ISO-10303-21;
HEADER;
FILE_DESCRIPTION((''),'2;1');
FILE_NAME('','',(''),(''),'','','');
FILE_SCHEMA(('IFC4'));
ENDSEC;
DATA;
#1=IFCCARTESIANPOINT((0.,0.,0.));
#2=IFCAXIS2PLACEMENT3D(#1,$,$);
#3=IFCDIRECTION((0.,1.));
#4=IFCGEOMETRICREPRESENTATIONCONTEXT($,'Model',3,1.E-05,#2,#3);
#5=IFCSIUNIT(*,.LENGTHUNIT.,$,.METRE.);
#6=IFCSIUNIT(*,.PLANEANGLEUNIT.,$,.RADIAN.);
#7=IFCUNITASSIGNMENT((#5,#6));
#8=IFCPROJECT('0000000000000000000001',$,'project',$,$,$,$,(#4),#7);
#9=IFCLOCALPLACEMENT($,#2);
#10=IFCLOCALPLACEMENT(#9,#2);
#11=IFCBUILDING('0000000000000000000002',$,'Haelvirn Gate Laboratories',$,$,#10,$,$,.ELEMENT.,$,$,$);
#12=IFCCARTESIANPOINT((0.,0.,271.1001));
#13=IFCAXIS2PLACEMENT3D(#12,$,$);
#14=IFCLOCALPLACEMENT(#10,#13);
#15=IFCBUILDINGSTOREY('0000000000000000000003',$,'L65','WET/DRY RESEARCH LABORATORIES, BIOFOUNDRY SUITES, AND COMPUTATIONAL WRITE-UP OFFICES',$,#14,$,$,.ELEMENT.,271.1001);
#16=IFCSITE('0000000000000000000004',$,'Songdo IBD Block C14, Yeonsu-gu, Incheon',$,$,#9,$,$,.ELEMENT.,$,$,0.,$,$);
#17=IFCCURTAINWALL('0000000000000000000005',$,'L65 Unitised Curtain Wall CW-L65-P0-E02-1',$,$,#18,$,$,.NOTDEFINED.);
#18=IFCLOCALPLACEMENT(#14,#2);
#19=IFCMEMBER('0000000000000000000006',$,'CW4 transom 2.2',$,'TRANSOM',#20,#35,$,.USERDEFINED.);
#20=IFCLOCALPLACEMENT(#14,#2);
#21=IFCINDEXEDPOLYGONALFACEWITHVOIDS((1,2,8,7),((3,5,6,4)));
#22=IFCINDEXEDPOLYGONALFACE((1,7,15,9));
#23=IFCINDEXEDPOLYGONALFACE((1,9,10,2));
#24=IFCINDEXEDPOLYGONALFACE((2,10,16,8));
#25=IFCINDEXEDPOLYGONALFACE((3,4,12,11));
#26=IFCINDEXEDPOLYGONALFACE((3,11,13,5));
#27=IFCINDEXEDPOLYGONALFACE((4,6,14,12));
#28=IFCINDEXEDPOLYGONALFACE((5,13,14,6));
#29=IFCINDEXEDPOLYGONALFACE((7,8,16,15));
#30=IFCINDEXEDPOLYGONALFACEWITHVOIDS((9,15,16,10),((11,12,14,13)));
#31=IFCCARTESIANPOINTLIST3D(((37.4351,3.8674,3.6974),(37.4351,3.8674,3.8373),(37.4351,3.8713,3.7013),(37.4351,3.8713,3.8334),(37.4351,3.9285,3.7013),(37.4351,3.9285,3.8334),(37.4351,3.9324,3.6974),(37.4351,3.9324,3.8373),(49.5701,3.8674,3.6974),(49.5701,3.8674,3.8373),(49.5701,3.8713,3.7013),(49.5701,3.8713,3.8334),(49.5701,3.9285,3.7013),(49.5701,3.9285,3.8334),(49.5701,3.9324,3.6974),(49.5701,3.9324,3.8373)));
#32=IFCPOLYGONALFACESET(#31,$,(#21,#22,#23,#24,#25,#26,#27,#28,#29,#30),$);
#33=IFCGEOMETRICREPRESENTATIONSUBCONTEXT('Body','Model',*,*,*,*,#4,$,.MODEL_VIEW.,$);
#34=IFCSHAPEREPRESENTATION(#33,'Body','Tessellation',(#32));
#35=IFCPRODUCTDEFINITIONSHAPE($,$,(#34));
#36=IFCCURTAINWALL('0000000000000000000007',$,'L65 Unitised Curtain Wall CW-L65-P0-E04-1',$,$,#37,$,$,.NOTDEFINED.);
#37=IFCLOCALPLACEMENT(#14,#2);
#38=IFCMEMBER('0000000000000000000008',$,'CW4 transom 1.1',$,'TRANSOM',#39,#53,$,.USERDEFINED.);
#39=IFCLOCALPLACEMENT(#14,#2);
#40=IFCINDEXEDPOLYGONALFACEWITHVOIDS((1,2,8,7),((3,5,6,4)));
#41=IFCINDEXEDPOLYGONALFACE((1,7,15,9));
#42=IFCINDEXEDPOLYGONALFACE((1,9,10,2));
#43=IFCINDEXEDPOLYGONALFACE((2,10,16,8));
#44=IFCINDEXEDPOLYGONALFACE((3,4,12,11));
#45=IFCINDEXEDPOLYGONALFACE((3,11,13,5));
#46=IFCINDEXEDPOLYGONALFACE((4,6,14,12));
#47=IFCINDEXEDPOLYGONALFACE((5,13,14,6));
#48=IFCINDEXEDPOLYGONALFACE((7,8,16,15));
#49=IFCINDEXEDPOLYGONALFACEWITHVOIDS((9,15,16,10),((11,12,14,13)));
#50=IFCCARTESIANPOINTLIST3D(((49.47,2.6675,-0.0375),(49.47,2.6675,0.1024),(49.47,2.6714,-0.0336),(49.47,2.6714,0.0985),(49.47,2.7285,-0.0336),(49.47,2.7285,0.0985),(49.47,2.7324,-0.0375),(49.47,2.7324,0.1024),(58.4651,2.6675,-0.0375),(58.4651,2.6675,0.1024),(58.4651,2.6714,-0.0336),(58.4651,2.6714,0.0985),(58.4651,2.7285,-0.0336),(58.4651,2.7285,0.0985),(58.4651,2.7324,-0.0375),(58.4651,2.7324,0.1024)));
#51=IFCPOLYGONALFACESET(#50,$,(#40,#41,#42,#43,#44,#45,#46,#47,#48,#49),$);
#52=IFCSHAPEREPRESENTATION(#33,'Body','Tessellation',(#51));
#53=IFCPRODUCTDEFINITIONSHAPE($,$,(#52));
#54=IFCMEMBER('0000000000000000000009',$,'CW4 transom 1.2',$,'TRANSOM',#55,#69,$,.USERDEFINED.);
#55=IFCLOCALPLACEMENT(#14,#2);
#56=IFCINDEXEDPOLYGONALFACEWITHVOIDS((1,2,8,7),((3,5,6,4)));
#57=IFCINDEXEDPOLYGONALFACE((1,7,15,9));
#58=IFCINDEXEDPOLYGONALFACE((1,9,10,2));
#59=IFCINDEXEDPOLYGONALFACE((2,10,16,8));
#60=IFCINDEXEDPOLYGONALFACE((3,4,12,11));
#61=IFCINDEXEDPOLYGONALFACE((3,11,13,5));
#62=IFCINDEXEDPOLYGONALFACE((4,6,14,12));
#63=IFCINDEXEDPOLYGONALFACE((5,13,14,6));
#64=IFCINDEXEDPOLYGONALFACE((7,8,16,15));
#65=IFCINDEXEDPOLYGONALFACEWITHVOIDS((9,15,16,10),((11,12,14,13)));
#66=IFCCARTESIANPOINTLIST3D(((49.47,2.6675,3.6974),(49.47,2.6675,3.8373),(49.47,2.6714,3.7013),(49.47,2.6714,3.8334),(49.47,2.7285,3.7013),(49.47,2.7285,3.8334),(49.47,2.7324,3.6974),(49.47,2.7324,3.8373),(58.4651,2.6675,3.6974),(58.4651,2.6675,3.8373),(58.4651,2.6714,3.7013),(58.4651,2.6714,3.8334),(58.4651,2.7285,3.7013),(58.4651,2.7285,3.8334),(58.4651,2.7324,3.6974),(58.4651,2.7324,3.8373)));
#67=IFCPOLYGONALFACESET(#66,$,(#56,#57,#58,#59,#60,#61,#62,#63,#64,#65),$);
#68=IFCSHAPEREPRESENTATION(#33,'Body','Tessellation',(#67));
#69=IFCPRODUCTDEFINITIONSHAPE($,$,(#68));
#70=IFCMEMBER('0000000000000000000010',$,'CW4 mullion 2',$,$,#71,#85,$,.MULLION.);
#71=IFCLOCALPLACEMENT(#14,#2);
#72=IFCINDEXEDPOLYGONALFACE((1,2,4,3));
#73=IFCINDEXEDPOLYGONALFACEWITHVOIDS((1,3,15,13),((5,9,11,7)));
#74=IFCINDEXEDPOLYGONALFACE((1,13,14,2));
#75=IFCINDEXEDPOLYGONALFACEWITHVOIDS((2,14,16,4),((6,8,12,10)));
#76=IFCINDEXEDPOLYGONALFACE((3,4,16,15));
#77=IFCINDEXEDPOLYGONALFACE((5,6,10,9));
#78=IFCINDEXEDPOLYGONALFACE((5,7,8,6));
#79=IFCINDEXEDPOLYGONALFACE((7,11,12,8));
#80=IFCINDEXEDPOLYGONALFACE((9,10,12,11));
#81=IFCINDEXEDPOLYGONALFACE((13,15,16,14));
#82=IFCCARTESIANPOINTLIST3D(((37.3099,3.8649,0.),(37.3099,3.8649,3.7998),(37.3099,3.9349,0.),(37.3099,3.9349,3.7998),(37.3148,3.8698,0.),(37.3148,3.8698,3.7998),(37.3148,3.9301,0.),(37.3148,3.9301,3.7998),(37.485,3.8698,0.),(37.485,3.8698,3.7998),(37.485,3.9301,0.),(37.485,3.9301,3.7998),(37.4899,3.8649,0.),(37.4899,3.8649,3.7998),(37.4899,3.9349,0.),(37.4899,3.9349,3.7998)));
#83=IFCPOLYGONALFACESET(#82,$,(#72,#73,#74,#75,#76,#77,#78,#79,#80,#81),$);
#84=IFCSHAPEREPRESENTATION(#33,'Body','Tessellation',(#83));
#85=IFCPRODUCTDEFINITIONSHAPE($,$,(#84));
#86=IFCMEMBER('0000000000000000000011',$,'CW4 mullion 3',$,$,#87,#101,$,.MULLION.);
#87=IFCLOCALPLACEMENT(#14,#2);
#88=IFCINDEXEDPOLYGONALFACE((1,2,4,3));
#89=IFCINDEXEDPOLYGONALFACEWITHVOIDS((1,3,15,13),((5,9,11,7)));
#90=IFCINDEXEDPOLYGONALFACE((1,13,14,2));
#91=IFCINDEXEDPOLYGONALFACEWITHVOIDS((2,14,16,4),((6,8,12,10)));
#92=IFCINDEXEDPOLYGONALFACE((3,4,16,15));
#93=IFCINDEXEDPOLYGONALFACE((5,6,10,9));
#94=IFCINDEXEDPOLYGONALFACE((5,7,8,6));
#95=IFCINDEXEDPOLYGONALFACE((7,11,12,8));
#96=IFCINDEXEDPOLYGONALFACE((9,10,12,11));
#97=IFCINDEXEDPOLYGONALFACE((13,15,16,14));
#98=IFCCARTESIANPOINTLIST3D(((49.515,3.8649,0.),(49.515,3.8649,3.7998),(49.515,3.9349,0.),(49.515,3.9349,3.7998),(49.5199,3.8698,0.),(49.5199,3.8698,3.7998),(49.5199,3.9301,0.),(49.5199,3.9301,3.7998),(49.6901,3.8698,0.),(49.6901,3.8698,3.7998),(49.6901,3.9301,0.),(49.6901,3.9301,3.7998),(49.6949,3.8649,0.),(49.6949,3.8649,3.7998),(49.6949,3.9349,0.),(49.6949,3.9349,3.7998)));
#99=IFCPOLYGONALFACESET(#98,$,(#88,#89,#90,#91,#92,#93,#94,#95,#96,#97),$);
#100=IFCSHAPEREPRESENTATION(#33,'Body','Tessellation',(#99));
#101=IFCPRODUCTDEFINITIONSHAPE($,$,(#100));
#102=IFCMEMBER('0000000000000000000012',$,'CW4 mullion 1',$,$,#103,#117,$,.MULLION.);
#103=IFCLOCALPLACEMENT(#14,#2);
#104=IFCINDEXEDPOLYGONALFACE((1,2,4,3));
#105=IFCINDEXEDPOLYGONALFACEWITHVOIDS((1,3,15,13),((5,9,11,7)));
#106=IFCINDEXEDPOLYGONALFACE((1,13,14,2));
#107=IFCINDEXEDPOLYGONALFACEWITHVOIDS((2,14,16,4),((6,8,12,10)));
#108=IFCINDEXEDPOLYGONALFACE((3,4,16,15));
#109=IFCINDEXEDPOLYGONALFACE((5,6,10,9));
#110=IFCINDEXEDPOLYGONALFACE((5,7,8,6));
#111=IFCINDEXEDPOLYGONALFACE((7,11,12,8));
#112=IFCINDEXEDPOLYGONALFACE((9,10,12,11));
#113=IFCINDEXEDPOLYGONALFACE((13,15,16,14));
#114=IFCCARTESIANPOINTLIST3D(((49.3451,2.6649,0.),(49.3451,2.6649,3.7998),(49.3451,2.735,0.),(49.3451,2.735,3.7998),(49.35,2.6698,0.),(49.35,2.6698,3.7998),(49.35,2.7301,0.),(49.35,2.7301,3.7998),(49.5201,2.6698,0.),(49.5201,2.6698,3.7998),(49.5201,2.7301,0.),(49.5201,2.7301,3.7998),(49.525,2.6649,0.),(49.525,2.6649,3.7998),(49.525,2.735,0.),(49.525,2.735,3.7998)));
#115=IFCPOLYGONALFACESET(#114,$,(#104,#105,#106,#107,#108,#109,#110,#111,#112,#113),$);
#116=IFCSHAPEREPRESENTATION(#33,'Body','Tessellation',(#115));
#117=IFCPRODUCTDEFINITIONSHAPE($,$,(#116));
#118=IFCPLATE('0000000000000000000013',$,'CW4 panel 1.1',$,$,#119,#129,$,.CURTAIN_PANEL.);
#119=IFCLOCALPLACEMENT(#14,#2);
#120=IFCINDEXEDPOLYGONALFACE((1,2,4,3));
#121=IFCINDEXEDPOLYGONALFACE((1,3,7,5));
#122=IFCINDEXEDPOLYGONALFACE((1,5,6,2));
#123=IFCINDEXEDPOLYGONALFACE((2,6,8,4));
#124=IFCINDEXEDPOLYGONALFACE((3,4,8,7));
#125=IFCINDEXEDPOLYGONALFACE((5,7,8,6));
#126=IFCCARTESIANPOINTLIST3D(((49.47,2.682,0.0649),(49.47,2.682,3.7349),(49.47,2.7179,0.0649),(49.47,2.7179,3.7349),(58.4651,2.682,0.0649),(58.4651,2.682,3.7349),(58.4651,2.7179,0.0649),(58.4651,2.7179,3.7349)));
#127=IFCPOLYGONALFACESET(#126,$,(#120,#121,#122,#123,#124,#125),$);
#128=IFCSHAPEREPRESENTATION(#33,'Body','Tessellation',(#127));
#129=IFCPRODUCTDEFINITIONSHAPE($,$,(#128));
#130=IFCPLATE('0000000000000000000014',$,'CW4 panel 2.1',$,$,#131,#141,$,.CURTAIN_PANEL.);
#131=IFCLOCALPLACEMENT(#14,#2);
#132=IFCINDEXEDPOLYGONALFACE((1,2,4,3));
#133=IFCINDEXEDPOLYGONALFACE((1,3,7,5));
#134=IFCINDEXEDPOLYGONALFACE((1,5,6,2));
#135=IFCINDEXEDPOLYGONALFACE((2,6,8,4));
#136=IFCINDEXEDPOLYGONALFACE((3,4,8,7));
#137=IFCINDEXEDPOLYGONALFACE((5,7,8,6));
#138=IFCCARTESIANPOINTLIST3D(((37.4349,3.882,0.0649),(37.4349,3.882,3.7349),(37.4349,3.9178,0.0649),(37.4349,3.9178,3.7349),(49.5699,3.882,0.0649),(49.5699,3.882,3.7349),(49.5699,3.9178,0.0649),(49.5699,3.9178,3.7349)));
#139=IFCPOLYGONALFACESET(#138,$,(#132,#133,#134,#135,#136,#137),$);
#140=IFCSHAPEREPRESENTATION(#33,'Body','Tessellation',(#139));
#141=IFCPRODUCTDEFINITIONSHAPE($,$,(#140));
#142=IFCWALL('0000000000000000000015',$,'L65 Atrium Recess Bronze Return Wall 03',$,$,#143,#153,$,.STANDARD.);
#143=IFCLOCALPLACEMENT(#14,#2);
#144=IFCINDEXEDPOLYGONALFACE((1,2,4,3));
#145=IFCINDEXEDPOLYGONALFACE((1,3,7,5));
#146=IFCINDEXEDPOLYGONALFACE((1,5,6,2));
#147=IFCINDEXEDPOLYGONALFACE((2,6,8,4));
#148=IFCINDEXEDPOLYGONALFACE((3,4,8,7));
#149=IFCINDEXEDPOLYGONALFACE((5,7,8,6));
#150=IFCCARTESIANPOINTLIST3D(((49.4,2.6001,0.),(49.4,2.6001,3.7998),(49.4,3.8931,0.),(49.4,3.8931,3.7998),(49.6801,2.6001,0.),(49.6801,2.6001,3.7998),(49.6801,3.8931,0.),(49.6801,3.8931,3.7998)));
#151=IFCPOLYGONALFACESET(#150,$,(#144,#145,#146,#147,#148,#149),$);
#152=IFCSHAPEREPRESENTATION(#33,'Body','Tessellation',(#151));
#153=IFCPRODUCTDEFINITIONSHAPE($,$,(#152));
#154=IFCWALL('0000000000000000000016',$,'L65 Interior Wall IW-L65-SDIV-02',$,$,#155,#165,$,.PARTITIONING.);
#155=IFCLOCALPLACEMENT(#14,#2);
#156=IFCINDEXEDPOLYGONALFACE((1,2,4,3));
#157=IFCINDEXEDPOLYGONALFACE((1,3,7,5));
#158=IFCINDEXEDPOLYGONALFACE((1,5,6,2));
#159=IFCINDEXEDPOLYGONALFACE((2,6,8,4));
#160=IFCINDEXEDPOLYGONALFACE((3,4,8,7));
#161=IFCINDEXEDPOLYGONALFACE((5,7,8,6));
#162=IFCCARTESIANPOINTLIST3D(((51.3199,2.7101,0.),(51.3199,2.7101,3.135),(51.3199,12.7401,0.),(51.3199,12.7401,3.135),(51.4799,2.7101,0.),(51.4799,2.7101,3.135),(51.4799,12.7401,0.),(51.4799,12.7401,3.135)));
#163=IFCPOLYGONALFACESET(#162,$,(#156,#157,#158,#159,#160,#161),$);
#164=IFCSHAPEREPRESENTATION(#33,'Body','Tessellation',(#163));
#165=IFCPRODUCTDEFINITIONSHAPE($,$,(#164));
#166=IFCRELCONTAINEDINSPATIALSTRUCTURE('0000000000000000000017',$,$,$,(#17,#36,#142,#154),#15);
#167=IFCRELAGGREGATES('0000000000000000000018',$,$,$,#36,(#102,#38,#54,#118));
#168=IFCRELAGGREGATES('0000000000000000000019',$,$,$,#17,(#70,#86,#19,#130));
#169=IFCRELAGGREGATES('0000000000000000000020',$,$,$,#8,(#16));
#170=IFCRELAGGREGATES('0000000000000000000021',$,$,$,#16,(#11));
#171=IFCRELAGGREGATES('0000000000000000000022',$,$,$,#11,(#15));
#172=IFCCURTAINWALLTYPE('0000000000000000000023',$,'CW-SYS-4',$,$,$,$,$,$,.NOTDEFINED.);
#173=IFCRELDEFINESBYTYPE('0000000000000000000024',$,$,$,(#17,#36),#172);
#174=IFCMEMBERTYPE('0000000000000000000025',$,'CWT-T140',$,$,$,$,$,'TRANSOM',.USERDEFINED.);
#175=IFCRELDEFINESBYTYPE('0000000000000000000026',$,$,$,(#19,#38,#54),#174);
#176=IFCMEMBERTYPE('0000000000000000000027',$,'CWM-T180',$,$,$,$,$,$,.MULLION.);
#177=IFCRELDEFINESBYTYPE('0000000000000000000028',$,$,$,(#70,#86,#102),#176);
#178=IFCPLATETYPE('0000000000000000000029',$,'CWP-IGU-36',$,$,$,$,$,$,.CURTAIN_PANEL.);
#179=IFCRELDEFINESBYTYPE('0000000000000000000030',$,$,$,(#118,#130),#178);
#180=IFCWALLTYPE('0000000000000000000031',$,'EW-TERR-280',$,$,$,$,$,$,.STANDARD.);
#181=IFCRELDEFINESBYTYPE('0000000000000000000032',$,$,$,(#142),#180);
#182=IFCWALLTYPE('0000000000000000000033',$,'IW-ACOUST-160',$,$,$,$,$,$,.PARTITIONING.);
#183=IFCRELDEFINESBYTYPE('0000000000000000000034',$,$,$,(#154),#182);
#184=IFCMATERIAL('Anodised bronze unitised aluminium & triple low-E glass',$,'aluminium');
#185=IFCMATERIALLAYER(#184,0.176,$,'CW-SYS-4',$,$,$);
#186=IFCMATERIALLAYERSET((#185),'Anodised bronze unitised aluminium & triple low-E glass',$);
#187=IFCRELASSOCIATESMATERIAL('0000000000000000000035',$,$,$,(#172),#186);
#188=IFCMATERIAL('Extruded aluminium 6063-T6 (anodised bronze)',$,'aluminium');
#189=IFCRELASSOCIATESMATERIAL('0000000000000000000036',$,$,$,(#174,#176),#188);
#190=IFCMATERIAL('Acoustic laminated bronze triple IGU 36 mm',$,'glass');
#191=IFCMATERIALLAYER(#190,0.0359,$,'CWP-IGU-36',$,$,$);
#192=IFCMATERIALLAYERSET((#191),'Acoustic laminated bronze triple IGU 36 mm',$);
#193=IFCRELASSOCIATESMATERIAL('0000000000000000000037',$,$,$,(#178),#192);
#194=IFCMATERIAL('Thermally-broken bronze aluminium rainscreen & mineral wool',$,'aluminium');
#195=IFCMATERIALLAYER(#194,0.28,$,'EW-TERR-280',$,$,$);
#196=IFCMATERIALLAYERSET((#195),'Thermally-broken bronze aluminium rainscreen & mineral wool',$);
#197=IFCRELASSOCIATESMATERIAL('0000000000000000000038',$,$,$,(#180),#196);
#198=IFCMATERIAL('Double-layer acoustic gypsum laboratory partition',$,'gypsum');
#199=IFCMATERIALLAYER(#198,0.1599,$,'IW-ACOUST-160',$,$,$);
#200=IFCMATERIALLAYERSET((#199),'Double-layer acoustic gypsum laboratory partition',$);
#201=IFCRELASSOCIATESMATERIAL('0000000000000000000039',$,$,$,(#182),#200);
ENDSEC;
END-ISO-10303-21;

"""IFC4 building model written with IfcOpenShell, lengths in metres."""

from ifc_helpers import new_model, si_unit, direction, frame, frame_2d, origin, origin_2d, place, context, subcontext, project, spatial, rectangle, hollow_rectangle, extrude, source, transform, mapped, material, layer, layer_set, material_profile, profile_set, type_object, type_shapes, element, aggregate, save


model = new_model("IFC4")

# Units and contexts
model_context = context("Model", 3, precision=1e-05, world=origin(), true_north=direction((0.0, 1.0)))
body_context = subcontext(model_context, "Body", "Model", "MODEL_VIEW")
ifc_project = project(units=[si_unit("LENGTHUNIT", "METRE"), si_unit("PLANEANGLEUNIT", "RADIAN")], contexts=[model_context])

# Site, building, storey
site_placement = place(None, origin())
site = spatial("IfcSite", under=ifc_project, at=site_placement, Name="Songdo IBD Block C14, Yeonsu-gu, Incheon", CompositionType="ELEMENT", RefElevation=0.0)
building_placement = place(site_placement, origin())
building = spatial("IfcBuilding", under=site, at=building_placement, Name="Haelvirn Gate Laboratories", CompositionType="ELEMENT")
storey_placement = place(building_placement, frame((0.0, 0.0, 271.1001)))
storey = spatial("IfcBuildingStorey", under=building, at=storey_placement, Name="L65", Description="WET/DRY RESEARCH LABORATORIES, BIOFOUNDRY SUITES, AND COMPUTATIONAL WRITE-UP OFFICES", CompositionType="ELEMENT", Elevation=271.1001)

# Curtain walls, members
ifc_material_1 = material(Name="Anodised bronze unitised aluminium & triple low-E glass", Category="aluminium")
ifc_layer_1 = layer(ifc_material_1, 0.176, Name="CW-SYS-4")
ifc_layer_set_1 = layer_set([ifc_layer_1], Name="Anodised bronze unitised aluminium & triple low-E glass")
curtain_wall_type = type_object("IfcCurtainWallType", Name="CW-SYS-4", PredefinedType="NOTDEFINED", material=ifc_layer_set_1)
curtain_wall_1_placement = place(storey_placement, origin())
curtain_wall_1 = element("IfcCurtainWall", 1, at=curtain_wall_1_placement, inside=storey, type_object=curtain_wall_type, Name="L65 Unitised Curtain Wall CW-L65-P0-E02-1", PredefinedType="NOTDEFINED")
ifc_material_2 = material(Name="Extruded aluminium 6063-T6 (anodised bronze)", Category="aluminium")
ifc_material_profile_1 = material_profile(ifc_material_2, hollow_rectangle(XDim=0.0649, YDim=0.1399, WallThickness=0.0039, at=origin_2d()), Name="CWT-140x65x4")
ifc_profile_set_1 = profile_set([ifc_material_profile_1], Name="Extruded aluminium 6063-T6 (anodised bronze)")
member_type_1 = type_object("IfcMemberType", Name="CWT-T140", ElementType="TRANSOM", PredefinedType="USERDEFINED", material=ifc_profile_set_1)
shared_shape_1 = source(origin(), body_context, "Body", "SweptSolid", [
    extrude(hollow_rectangle(XDim=0.0649, YDim=0.1399, WallThickness=0.0039, at=origin_2d()), origin(), (0.0, 0.0, 1.0), 12.135),
])
member_1_placement = place(storey_placement, frame((37.4351, 3.8999, 3.7673), z_axis=(1.0, 0.0, 0.0), x_axis=(0.0, 1.0, 0.0)))
member_1 = element("IfcMember", 2, at=member_1_placement, type_object=member_type_1, Name="CW4 transom 2.2", ObjectType="TRANSOM", PredefinedType="USERDEFINED", context=body_context, shape_type="MappedRepresentation", body=[
    mapped(shared_shape_1, transform((0.0, 0.0, 0.0), scale=1.0)),
])
curtain_wall_2_placement = place(storey_placement, origin())
curtain_wall_2 = element("IfcCurtainWall", 3, at=curtain_wall_2_placement, inside=storey, type_object=curtain_wall_type, Name="L65 Unitised Curtain Wall CW-L65-P0-E04-1", PredefinedType="NOTDEFINED")
shared_shape_2 = source(origin(), body_context, "Body", "SweptSolid", [
    extrude(hollow_rectangle(XDim=0.0649, YDim=0.1399, WallThickness=0.0039, at=origin_2d()), origin(), (0.0, 0.0, 1.0), 8.9951),
])
type_shapes(member_type_1, [shared_shape_1, shared_shape_2])
member_2_placement = place(storey_placement, frame((49.47, 2.7, 0.0325), z_axis=(1.0, 0.0, 0.0), x_axis=(0.0, 1.0, 0.0)))
member_2 = element("IfcMember", 4, at=member_2_placement, type_object=member_type_1, Name="CW4 transom 1.1", ObjectType="TRANSOM", PredefinedType="USERDEFINED", context=body_context, shape_type="MappedRepresentation", body=[
    mapped(shared_shape_2, transform((0.0, 0.0, 0.0), scale=1.0)),
])
member_3_placement = place(storey_placement, frame((49.47, 2.7, 3.7673), z_axis=(1.0, 0.0, 0.0), x_axis=(0.0, 1.0, 0.0)))
member_3 = element("IfcMember", 5, at=member_3_placement, type_object=member_type_1, Name="CW4 transom 1.2", ObjectType="TRANSOM", PredefinedType="USERDEFINED", context=body_context, shape_type="MappedRepresentation", body=[
    mapped(shared_shape_2, transform((0.0, 0.0, 0.0), scale=1.0)),
])

# Members
ifc_material_profile_2 = material_profile(ifc_material_2, hollow_rectangle(XDim=0.0701, YDim=0.1799, WallThickness=0.0049, at=origin_2d()), Name="CWM-180x70x5")
ifc_profile_set_2 = profile_set([ifc_material_profile_2], Name="Extruded aluminium 6063-T6 (anodised bronze)")
member_type_2 = type_object("IfcMemberType", Name="CWM-T180", PredefinedType="MULLION", material=ifc_profile_set_2)
shared_shape_3 = source(origin(), body_context, "Body", "SweptSolid", [
    extrude(hollow_rectangle(XDim=0.0701, YDim=0.1799, WallThickness=0.0049, at=origin_2d()), origin(), (0.0, 0.0, 1.0), 3.7998),
])
type_shapes(member_type_2, [shared_shape_3])
member_4_placement = place(storey_placement, frame((37.3999, 3.8999, 0.0), z_axis=(0.0, 0.0, 1.0), x_axis=(0.0, 1.0, 0.0)))
member_4 = element("IfcMember", 6, at=member_4_placement, type_object=member_type_2, Name="CW4 mullion 2", PredefinedType="MULLION", context=body_context, shape_type="MappedRepresentation", body=[
    mapped(shared_shape_3, transform((0.0, 0.0, 0.0), scale=1.0)),
])
member_5_placement = place(storey_placement, frame((49.605, 3.8999, 0.0), z_axis=(0.0, 0.0, 1.0), x_axis=(0.0, 1.0, 0.0)))
member_5 = element("IfcMember", 7, at=member_5_placement, type_object=member_type_2, Name="CW4 mullion 3", PredefinedType="MULLION", context=body_context, shape_type="MappedRepresentation", body=[
    mapped(shared_shape_3, transform((0.0, 0.0, 0.0), scale=1.0)),
])
member_6_placement = place(storey_placement, frame((49.4351, 2.7, 0.0), z_axis=(0.0, 0.0, 1.0), x_axis=(0.0, 1.0, 0.0)))
member_6 = element("IfcMember", 8, at=member_6_placement, type_object=member_type_2, Name="CW4 mullion 1", PredefinedType="MULLION", context=body_context, shape_type="MappedRepresentation", body=[
    mapped(shared_shape_3, transform((0.0, 0.0, 0.0), scale=1.0)),
])

# Plates
ifc_material_3 = material(Name="Acoustic laminated bronze triple IGU 36 mm", Category="glass")
ifc_layer_2 = layer(ifc_material_3, 0.0359, Name="CWP-IGU-36")
ifc_layer_set_2 = layer_set([ifc_layer_2], Name="Acoustic laminated bronze triple IGU 36 mm")
plate_type = type_object("IfcPlateType", Name="CWP-IGU-36", PredefinedType="CURTAIN_PANEL", material=ifc_layer_set_2)
shared_shape_4 = source(origin(), body_context, "Body", "SweptSolid", [
    extrude(rectangle(XDim=8.9951, YDim=0.0359, at=origin_2d()), origin(), (0.0, 0.0, 1.0), 3.6699),
])
plate_1_placement = place(storey_placement, frame((53.9675, 2.7, 0.0649), z_axis=(0.0, 0.0, 1.0), x_axis=(1.0, 0.0, 0.0)))
plate_1 = element("IfcPlate", 9, at=plate_1_placement, type_object=plate_type, Name="CW4 panel 1.1", PredefinedType="CURTAIN_PANEL", context=body_context, shape_type="MappedRepresentation", body=[
    mapped(shared_shape_4, transform((0.0, 0.0, 0.0), scale=1.0)),
])
aggregate(curtain_wall_2, [member_6, member_2, member_3, plate_1])
shared_shape_5 = source(origin(), body_context, "Body", "SweptSolid", [
    extrude(rectangle(XDim=12.135, YDim=0.0359, at=origin_2d()), origin(), (0.0, 0.0, 1.0), 3.6699),
])
type_shapes(plate_type, [shared_shape_4, shared_shape_5])
plate_2_placement = place(storey_placement, frame((43.5024, 3.8999, 0.0649), z_axis=(0.0, 0.0, 1.0), x_axis=(1.0, 0.0, 0.0)))
plate_2 = element("IfcPlate", 10, at=plate_2_placement, type_object=plate_type, Name="CW4 panel 2.1", PredefinedType="CURTAIN_PANEL", context=body_context, shape_type="MappedRepresentation", body=[
    mapped(shared_shape_5, transform((0.0, 0.0, 0.0), scale=1.0)),
])
aggregate(curtain_wall_1, [member_4, member_5, member_1, plate_2])

# Walls
ifc_material_4 = material(Name="Thermally-broken bronze aluminium rainscreen & mineral wool", Category="aluminium")
ifc_layer_3 = layer(ifc_material_4, 0.28, Name="EW-TERR-280")
ifc_layer_set_3 = layer_set([ifc_layer_3], Name="Thermally-broken bronze aluminium rainscreen & mineral wool")
wall_type_1 = type_object("IfcWallType", Name="EW-TERR-280", PredefinedType="STANDARD", material=ifc_layer_set_3)
wall_1_placement = place(storey_placement, frame((49.54, 3.8931, 0.0), z_axis=(0.0, 0.0, 1.0), x_axis=(0.0, -1.0, 0.0)))
element("IfcWall", 11, at=wall_1_placement, inside=storey, type_object=wall_type_1, Name="L65 Atrium Recess Bronze Return Wall 03", PredefinedType="STANDARD", context=body_context, shape_type="SweptSolid", body=[
    extrude(rectangle(XDim=1.293, YDim=0.28, at=frame_2d((0.6465, 0.0))), origin(), (0.0, 0.0, 1.0), 3.7998),
])
ifc_material_5 = material(Name="Double-layer acoustic gypsum laboratory partition", Category="gypsum")
ifc_layer_4 = layer(ifc_material_5, 0.1599, Name="IW-ACOUST-160")
ifc_layer_set_4 = layer_set([ifc_layer_4], Name="Double-layer acoustic gypsum laboratory partition")
wall_type_2 = type_object("IfcWallType", Name="IW-ACOUST-160", PredefinedType="PARTITIONING", material=ifc_layer_set_4)
wall_2_placement = place(storey_placement, frame((51.3999, 2.71, 0.0), z_axis=(0.0, 0.0, 1.0), x_axis=(0.0, 1.0, 0.0)))
element("IfcWall", 12, at=wall_2_placement, inside=storey, type_object=wall_type_2, Name="L65 Interior Wall IW-L65-SDIV-02", PredefinedType="PARTITIONING", context=body_context, shape_type="SweptSolid", body=[
    extrude(rectangle(XDim=10.03, YDim=0.1599, at=frame_2d((5.0151, 0.0))), origin(), (0.0, 0.0, 1.0), 3.135),
])

save(model, "model.ifc")
